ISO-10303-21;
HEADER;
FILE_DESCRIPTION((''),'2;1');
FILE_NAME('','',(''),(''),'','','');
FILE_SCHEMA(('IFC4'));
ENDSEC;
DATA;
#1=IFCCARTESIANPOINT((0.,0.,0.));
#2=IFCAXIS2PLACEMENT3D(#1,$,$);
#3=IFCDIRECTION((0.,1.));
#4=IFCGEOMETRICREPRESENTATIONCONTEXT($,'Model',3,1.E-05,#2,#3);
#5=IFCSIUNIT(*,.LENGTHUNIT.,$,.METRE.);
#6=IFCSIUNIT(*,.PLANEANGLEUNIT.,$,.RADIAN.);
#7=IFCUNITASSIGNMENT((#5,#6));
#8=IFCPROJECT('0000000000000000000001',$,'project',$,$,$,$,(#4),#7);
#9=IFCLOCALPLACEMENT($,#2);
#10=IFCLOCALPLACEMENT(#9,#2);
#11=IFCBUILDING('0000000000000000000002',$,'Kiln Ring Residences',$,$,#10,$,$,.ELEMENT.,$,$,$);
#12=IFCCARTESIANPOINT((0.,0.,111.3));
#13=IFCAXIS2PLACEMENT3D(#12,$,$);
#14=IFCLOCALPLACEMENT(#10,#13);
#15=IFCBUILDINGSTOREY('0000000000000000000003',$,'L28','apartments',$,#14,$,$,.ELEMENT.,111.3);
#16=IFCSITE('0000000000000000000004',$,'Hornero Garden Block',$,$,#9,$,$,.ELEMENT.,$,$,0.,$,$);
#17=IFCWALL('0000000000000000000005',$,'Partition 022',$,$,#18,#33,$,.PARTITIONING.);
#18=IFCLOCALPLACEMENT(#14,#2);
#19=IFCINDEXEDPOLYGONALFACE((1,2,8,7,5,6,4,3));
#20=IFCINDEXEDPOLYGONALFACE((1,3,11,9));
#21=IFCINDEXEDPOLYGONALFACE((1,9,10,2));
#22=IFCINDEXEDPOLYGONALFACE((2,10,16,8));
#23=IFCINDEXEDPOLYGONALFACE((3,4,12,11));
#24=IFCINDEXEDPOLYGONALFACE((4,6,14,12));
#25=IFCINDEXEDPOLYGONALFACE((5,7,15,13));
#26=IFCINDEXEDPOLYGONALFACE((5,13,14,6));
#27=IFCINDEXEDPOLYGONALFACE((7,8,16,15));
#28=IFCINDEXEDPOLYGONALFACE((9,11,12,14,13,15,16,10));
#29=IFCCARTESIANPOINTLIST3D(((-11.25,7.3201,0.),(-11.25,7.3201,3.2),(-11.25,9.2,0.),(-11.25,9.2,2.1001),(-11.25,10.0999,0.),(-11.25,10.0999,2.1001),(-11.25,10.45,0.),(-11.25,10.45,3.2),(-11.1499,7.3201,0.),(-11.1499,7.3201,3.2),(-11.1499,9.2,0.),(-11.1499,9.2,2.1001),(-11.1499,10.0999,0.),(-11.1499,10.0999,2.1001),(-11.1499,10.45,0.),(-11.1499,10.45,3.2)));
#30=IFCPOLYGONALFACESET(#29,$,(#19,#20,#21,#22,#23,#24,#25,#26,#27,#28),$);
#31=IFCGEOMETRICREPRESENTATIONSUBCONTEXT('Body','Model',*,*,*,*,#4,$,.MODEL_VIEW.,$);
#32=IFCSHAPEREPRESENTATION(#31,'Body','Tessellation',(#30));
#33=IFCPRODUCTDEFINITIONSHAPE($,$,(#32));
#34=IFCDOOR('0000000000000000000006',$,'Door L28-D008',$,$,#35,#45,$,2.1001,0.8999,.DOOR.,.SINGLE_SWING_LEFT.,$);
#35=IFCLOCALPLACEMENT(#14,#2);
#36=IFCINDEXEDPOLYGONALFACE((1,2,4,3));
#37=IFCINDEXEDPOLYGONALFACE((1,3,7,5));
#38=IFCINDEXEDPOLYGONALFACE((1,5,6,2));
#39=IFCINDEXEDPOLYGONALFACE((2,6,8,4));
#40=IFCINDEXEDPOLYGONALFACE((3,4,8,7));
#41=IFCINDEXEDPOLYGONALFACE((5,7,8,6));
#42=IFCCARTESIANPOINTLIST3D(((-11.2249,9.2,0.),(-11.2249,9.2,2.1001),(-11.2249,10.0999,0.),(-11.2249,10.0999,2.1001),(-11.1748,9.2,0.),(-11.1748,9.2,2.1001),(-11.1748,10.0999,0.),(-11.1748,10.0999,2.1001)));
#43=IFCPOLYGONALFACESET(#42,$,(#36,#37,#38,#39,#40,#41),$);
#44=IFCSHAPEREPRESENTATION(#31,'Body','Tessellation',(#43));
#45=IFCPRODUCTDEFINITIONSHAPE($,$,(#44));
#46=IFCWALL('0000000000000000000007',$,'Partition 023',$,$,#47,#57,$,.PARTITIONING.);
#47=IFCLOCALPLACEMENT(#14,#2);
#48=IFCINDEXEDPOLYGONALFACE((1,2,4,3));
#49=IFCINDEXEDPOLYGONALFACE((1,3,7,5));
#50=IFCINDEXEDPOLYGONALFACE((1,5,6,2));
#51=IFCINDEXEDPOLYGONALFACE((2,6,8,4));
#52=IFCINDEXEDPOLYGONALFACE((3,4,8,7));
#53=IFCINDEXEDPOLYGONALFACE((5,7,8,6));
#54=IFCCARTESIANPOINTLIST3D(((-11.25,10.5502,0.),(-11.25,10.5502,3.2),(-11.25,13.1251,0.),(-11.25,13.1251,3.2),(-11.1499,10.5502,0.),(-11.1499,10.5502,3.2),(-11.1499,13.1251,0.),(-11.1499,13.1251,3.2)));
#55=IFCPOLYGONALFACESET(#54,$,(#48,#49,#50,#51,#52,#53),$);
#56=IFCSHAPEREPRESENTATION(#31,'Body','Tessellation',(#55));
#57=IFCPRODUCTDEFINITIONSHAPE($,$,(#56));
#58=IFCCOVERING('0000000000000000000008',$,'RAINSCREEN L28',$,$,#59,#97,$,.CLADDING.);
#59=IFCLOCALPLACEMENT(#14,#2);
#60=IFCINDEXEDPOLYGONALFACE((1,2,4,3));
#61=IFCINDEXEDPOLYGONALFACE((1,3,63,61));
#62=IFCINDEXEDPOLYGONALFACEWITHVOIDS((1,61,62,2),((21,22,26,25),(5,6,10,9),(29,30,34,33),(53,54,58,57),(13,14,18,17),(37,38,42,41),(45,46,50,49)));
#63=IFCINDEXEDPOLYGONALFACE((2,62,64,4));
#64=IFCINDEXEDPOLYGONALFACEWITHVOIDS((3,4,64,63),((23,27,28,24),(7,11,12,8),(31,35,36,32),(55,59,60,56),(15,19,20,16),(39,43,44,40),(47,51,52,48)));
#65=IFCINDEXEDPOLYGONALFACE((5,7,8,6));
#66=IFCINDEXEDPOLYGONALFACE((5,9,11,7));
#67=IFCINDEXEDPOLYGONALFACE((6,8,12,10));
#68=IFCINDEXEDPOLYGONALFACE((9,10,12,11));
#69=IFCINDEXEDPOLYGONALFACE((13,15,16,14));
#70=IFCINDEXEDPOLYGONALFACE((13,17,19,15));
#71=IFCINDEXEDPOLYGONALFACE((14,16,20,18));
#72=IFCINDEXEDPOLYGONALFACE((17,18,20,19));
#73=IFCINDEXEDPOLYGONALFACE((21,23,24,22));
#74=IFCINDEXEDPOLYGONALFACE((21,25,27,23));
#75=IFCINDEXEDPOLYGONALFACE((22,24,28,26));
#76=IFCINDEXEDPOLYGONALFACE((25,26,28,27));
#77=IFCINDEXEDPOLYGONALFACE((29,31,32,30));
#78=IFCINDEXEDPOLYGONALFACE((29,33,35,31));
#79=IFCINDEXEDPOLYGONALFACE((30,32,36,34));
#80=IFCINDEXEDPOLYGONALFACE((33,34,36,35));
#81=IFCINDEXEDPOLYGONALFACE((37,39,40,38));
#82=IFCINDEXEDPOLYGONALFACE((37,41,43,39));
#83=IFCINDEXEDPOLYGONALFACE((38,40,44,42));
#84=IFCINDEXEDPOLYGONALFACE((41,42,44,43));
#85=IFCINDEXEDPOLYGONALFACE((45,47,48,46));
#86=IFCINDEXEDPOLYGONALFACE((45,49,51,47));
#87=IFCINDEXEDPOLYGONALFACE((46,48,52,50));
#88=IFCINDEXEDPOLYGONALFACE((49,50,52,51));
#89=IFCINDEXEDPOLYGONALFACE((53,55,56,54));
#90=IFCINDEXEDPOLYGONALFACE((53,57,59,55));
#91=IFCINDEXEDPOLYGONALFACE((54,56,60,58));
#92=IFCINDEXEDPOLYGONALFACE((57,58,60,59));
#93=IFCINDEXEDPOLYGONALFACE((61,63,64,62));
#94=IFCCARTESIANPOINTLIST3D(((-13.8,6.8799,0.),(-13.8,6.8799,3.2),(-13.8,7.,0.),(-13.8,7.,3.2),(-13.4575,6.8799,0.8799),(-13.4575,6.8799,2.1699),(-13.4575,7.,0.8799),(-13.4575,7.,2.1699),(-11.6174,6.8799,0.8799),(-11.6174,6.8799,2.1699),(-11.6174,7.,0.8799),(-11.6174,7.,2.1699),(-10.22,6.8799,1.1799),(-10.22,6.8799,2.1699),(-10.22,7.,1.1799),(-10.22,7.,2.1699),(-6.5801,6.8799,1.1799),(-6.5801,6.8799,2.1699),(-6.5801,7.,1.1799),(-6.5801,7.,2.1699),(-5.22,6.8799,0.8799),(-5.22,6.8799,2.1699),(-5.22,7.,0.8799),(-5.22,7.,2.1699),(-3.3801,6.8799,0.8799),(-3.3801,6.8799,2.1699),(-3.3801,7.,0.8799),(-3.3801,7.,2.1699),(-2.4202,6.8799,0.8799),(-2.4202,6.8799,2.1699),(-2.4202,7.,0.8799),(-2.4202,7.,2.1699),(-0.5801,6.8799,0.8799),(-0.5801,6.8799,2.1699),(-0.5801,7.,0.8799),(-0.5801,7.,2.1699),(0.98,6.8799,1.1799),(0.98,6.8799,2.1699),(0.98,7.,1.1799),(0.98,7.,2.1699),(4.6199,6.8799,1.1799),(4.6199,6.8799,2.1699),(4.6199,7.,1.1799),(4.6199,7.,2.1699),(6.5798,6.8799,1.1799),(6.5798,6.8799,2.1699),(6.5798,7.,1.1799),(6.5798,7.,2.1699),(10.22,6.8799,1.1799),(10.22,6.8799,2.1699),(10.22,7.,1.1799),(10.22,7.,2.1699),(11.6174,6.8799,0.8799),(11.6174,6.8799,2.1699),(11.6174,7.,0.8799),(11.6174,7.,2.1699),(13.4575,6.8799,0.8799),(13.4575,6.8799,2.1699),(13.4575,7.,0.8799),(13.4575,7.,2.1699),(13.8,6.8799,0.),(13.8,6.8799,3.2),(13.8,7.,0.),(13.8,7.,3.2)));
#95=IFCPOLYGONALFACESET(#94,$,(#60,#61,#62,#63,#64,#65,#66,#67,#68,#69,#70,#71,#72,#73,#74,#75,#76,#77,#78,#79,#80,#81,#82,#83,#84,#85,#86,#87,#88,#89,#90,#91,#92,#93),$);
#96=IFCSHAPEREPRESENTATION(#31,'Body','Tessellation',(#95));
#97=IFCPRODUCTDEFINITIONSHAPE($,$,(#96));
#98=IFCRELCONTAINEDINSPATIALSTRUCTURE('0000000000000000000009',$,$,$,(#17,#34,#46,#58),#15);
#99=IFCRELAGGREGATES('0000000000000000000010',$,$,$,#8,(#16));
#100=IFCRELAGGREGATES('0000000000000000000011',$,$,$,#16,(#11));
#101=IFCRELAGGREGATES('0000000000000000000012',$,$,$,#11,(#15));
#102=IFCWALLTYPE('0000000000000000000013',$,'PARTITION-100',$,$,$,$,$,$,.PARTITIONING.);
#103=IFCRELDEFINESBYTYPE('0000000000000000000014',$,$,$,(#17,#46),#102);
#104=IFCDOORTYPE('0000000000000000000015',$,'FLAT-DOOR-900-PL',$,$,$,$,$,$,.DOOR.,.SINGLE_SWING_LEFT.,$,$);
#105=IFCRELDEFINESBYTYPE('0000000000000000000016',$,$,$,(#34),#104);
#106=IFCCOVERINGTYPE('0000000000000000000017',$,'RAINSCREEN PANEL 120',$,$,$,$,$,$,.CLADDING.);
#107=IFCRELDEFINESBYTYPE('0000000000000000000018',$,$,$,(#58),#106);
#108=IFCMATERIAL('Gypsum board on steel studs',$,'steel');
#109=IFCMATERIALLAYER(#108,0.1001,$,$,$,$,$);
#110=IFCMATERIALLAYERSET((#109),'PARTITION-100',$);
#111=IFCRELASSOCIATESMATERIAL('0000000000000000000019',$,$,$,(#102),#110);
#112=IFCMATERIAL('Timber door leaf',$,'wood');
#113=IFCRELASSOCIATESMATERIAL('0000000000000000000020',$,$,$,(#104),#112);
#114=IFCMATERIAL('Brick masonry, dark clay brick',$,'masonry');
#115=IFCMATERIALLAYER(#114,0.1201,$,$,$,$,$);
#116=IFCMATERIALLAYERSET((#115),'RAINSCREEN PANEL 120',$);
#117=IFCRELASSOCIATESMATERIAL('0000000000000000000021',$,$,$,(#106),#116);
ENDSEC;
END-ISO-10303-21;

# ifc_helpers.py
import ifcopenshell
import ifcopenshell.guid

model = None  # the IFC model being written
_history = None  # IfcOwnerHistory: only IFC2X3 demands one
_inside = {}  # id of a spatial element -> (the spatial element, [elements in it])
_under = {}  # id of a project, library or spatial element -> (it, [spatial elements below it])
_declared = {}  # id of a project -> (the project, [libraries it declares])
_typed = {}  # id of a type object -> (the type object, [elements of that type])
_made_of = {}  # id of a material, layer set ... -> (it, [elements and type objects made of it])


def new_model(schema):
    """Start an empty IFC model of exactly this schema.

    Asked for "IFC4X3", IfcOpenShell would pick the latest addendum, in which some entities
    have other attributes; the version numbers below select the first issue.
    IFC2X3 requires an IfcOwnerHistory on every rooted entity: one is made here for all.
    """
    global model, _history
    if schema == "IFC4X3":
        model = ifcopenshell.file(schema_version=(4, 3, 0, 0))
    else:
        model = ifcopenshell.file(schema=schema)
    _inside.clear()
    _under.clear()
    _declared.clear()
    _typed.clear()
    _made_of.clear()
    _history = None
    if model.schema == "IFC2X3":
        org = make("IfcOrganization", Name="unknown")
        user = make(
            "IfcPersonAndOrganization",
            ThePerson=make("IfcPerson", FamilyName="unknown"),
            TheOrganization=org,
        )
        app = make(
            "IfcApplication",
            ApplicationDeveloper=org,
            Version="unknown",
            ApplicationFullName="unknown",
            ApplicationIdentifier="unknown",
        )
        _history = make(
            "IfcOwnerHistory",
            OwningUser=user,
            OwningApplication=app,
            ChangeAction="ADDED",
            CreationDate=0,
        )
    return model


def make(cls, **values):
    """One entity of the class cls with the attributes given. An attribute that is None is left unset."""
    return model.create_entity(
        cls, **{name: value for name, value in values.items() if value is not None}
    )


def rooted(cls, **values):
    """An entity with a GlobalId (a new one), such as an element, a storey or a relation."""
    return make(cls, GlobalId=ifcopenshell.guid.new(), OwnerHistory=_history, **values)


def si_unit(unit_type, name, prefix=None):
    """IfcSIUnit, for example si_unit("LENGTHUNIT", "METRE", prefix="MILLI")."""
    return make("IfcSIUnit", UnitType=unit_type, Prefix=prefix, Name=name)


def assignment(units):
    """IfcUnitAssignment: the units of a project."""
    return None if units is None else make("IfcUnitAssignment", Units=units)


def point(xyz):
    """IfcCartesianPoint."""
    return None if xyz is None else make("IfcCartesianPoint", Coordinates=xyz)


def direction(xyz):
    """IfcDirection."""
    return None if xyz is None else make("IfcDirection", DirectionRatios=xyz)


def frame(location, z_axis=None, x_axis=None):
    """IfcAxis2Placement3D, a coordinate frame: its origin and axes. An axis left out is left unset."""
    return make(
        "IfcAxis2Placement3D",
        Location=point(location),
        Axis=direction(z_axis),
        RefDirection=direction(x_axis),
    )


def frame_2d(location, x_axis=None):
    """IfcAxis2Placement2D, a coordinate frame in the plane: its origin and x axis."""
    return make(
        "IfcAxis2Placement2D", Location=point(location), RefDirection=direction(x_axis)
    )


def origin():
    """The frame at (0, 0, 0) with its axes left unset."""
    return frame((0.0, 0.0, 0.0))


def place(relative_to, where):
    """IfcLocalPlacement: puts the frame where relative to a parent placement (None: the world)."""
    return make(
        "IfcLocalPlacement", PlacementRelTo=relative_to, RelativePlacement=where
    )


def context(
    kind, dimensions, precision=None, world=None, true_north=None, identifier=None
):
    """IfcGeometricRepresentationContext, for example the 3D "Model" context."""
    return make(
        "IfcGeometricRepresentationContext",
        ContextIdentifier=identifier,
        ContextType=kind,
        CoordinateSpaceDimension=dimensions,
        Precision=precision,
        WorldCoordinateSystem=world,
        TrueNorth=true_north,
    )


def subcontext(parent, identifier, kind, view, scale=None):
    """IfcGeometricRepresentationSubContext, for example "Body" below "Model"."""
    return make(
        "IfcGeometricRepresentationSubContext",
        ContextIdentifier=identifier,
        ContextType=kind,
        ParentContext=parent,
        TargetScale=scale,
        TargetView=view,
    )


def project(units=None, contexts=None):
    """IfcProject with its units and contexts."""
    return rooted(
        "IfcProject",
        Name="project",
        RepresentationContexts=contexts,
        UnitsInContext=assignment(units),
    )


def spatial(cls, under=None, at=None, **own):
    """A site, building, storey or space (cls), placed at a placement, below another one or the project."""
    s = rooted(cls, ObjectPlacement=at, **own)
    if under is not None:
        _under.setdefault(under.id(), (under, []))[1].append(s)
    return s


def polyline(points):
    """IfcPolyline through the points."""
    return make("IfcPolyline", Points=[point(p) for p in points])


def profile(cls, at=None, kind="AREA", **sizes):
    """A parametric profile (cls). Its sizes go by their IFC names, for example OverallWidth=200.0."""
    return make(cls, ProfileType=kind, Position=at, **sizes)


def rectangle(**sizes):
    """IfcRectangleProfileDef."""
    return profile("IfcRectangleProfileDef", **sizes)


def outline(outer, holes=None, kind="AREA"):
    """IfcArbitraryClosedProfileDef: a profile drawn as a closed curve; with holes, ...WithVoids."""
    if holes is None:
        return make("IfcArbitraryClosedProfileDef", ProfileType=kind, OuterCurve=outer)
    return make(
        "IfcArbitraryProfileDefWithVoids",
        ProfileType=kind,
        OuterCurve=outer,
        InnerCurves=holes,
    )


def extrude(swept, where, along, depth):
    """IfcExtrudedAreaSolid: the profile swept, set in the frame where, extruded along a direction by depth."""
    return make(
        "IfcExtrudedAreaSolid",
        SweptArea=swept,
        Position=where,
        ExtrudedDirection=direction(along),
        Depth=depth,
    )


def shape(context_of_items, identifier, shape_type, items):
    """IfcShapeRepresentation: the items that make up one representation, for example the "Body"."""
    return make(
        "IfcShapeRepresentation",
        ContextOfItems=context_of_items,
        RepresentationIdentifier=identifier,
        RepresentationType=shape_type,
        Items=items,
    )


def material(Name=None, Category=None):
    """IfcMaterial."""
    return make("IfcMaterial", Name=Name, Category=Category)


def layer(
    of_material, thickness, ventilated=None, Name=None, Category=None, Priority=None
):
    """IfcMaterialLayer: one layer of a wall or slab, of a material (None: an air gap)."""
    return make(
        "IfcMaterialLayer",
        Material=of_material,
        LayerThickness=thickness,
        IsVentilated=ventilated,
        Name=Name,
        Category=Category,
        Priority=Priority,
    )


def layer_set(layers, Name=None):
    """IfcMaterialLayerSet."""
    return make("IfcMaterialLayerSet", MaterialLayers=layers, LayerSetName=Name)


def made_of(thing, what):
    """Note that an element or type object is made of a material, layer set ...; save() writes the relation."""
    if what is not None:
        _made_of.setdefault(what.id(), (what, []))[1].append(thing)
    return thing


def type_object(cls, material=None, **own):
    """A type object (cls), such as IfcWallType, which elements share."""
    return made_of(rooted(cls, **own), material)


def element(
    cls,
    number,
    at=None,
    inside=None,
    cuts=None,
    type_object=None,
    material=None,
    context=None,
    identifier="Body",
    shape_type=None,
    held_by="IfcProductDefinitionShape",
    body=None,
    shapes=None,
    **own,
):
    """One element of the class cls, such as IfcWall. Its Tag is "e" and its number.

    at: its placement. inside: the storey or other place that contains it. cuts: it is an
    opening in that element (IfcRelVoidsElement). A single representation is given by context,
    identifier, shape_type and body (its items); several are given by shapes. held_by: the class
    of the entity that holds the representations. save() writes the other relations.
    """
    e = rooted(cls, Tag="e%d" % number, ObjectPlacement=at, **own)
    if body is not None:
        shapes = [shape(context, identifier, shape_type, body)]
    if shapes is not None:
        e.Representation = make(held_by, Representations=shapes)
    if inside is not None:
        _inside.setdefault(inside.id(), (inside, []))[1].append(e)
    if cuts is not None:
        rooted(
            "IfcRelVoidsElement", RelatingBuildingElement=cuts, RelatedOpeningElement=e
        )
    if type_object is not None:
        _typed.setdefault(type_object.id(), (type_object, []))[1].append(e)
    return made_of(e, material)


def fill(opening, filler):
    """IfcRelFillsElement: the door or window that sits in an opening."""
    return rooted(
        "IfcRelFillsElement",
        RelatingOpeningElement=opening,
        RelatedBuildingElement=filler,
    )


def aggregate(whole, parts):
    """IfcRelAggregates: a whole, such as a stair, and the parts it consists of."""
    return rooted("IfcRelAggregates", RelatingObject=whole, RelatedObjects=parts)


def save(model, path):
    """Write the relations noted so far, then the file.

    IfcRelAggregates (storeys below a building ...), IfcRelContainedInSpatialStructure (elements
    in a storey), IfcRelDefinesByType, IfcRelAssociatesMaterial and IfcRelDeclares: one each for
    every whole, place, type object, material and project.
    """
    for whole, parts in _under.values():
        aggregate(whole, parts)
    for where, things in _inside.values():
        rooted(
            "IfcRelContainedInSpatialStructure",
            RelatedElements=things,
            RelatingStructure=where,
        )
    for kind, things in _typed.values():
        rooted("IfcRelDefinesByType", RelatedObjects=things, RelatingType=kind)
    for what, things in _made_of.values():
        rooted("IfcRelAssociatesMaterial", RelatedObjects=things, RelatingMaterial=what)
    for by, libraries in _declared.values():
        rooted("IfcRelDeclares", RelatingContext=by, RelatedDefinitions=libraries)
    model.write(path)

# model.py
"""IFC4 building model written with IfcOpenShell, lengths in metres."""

from ifc_helpers import new_model, si_unit, direction, frame, frame_2d, origin, place, context, subcontext, project, spatial, polyline, rectangle, outline, extrude, material, layer, layer_set, type_object, element, fill, save


model = new_model("IFC4")

# Units and contexts
model_context = context("Model", 3, precision=1e-05, world=origin(), true_north=direction((0.0, 1.0)))
body_context = subcontext(model_context, "Body", "Model", "MODEL_VIEW")
ifc_project = project(units=[si_unit("LENGTHUNIT", "METRE"), si_unit("PLANEANGLEUNIT", "RADIAN")], contexts=[model_context])

# Site, building, storey
site_placement = place(None, origin())
site = spatial("IfcSite", under=ifc_project, at=site_placement, Name="Hornero Garden Block", CompositionType="ELEMENT", RefElevation=0.0)
building_placement = place(site_placement, origin())
building = spatial("IfcBuilding", under=site, at=building_placement, Name="Kiln Ring Residences", CompositionType="ELEMENT")
storey_placement = place(building_placement, frame((0.0, 0.0, 111.3)))
storey = spatial("IfcBuildingStorey", under=building, at=storey_placement, Name="L28", Description="apartments", CompositionType="ELEMENT", Elevation=111.3)

# Wall, opening, door
ifc_material_1 = material(Name="Gypsum board on steel studs", Category="steel")
ifc_layer_1 = layer(ifc_material_1, 0.1001)
ifc_layer_set_1 = layer_set([ifc_layer_1], Name="PARTITION-100")
wall_type_1 = type_object("IfcWallType", Name="PARTITION-100", PredefinedType="PARTITIONING", material=ifc_layer_set_1)
wall_1_placement = place(storey_placement, frame((-11.2, 7.3201, 0.0), z_axis=(0.0, 0.0, 1.0), x_axis=(0.0, 1.0, 0.0)))
wall_1 = element("IfcWall", 1, at=wall_1_placement, inside=storey, type_object=wall_type_1, Name="Partition 022", PredefinedType="PARTITIONING", context=body_context, shape_type="SweptSolid", body=[
    extrude(rectangle(XDim=3.1299, YDim=0.1001, at=frame_2d((1.5649, 0.0))), origin(), (0.0, 0.0, 1.0), 3.2),
])
opening_1_placement = place(wall_1_placement, frame((1.8799, 0.0, 0.0)))
opening_1 = element("IfcOpeningElement", 2, at=opening_1_placement, cuts=wall_1, PredefinedType="OPENING", context=body_context, shape_type="SweptSolid", body=[
    extrude(rectangle(XDim=0.8999, YDim=2.1001, at=frame_2d((0.45, 1.05))), frame((0.0, 0.0601, 0.0), z_axis=(0.0, -1.0, 0.0), x_axis=(1.0, 0.0, 0.0)), (0.0, 0.0, 1.0), 0.1201),
])
ifc_material_2 = material(Name="Timber door leaf", Category="wood")
door_type = type_object("IfcDoorType", Name="FLAT-DOOR-900-PL", OperationType="SINGLE_SWING_LEFT", PredefinedType="DOOR", material=ifc_material_2)
door_placement = place(opening_1_placement, origin())
door = element("IfcDoor", 3, at=door_placement, inside=storey, type_object=door_type, Name="Door L28-D008", OperationType="SINGLE_SWING_LEFT", OverallHeight=2.1001, OverallWidth=0.8999, PredefinedType="DOOR", context=body_context, shape_type="SweptSolid", body=[
    extrude(rectangle(XDim=0.8999, YDim=2.1001, at=frame_2d((0.45, 1.05))), frame((0.0, 0.0249, 0.0), z_axis=(0.0, -1.0, 0.0), x_axis=(1.0, 0.0, 0.0)), (0.0, 0.0, 1.0), 0.05),
])
fill(opening_1, door)

# Wall
wall_2_placement = place(storey_placement, frame((-11.2, 10.55, 0.0), z_axis=(0.0, 0.0, 1.0), x_axis=(0.0, 1.0, 0.0)))
element("IfcWall", 4, at=wall_2_placement, inside=storey, type_object=wall_type_1, Name="Partition 023", PredefinedType="PARTITIONING", context=body_context, shape_type="SweptSolid", body=[
    extrude(rectangle(XDim=2.575, YDim=0.1001, at=frame_2d((1.2876, 0.0))), origin(), (0.0, 0.0, 1.0), 3.2),
])

# Covering
ifc_material_3 = material(Name="Brick masonry, dark clay brick", Category="masonry")
ifc_layer_2 = layer(ifc_material_3, 0.1201)
ifc_layer_set_2 = layer_set([ifc_layer_2], Name="RAINSCREEN PANEL 120")
covering_type = type_object("IfcCoveringType", Name="RAINSCREEN PANEL 120", PredefinedType="CLADDING", material=ifc_layer_set_2)
covering_placement = place(storey_placement, frame((-13.8, 6.9399, 0.0), z_axis=(0.0, 0.0, 1.0), x_axis=(1.0, 0.0, 0.0)))
element("IfcCovering", 5, at=covering_placement, inside=storey, type_object=covering_type, Name="RAINSCREEN L28", PredefinedType="CLADDING", context=body_context, shape_type="SweptSolid", body=[
    extrude(outline(polyline([(0.0, 0.0), (27.6001, 0.0), (27.6001, 3.2), (0.0, 3.2), (0.0, 0.0)]), holes=[polyline([(2.1826, 0.8799), (2.1826, 2.1699), (0.3425, 2.1699), (0.3425, 0.8799), (2.1826, 0.8799)]), polyline([(8.5801, 0.8799), (10.4199, 0.8799), (10.4199, 2.1699), (8.5801, 2.1699), (8.5801, 0.8799)]), polyline([(11.3799, 0.8799), (13.22, 0.8799), (13.22, 2.1699), (11.3799, 2.1699), (11.3799, 0.8799)]), polyline([(25.4175, 0.8799), (27.2576, 0.8799), (27.2576, 2.1699), (25.4175, 2.1699), (25.4175, 0.8799)]), polyline([(3.5801, 1.1799), (7.22, 1.1799), (7.22, 2.1699), (3.5801, 2.1699), (3.5801, 1.1799)]), polyline([(14.78, 1.1799), (18.4199, 1.1799), (18.4199, 2.1699), (14.78, 2.1699), (14.78, 1.1799)]), polyline([(20.3799, 1.1799), (24.02, 1.1799), (24.02, 2.1699), (20.3799, 2.1699), (20.3799, 1.1799)])]), frame((0.0, 0.0601, 0.0), z_axis=(0.0, -1.0, 0.0), x_axis=(1.0, 0.0, 0.0)), (0.0, 0.0, 1.0), 0.1201),
])

save(model, "model.ifc")
